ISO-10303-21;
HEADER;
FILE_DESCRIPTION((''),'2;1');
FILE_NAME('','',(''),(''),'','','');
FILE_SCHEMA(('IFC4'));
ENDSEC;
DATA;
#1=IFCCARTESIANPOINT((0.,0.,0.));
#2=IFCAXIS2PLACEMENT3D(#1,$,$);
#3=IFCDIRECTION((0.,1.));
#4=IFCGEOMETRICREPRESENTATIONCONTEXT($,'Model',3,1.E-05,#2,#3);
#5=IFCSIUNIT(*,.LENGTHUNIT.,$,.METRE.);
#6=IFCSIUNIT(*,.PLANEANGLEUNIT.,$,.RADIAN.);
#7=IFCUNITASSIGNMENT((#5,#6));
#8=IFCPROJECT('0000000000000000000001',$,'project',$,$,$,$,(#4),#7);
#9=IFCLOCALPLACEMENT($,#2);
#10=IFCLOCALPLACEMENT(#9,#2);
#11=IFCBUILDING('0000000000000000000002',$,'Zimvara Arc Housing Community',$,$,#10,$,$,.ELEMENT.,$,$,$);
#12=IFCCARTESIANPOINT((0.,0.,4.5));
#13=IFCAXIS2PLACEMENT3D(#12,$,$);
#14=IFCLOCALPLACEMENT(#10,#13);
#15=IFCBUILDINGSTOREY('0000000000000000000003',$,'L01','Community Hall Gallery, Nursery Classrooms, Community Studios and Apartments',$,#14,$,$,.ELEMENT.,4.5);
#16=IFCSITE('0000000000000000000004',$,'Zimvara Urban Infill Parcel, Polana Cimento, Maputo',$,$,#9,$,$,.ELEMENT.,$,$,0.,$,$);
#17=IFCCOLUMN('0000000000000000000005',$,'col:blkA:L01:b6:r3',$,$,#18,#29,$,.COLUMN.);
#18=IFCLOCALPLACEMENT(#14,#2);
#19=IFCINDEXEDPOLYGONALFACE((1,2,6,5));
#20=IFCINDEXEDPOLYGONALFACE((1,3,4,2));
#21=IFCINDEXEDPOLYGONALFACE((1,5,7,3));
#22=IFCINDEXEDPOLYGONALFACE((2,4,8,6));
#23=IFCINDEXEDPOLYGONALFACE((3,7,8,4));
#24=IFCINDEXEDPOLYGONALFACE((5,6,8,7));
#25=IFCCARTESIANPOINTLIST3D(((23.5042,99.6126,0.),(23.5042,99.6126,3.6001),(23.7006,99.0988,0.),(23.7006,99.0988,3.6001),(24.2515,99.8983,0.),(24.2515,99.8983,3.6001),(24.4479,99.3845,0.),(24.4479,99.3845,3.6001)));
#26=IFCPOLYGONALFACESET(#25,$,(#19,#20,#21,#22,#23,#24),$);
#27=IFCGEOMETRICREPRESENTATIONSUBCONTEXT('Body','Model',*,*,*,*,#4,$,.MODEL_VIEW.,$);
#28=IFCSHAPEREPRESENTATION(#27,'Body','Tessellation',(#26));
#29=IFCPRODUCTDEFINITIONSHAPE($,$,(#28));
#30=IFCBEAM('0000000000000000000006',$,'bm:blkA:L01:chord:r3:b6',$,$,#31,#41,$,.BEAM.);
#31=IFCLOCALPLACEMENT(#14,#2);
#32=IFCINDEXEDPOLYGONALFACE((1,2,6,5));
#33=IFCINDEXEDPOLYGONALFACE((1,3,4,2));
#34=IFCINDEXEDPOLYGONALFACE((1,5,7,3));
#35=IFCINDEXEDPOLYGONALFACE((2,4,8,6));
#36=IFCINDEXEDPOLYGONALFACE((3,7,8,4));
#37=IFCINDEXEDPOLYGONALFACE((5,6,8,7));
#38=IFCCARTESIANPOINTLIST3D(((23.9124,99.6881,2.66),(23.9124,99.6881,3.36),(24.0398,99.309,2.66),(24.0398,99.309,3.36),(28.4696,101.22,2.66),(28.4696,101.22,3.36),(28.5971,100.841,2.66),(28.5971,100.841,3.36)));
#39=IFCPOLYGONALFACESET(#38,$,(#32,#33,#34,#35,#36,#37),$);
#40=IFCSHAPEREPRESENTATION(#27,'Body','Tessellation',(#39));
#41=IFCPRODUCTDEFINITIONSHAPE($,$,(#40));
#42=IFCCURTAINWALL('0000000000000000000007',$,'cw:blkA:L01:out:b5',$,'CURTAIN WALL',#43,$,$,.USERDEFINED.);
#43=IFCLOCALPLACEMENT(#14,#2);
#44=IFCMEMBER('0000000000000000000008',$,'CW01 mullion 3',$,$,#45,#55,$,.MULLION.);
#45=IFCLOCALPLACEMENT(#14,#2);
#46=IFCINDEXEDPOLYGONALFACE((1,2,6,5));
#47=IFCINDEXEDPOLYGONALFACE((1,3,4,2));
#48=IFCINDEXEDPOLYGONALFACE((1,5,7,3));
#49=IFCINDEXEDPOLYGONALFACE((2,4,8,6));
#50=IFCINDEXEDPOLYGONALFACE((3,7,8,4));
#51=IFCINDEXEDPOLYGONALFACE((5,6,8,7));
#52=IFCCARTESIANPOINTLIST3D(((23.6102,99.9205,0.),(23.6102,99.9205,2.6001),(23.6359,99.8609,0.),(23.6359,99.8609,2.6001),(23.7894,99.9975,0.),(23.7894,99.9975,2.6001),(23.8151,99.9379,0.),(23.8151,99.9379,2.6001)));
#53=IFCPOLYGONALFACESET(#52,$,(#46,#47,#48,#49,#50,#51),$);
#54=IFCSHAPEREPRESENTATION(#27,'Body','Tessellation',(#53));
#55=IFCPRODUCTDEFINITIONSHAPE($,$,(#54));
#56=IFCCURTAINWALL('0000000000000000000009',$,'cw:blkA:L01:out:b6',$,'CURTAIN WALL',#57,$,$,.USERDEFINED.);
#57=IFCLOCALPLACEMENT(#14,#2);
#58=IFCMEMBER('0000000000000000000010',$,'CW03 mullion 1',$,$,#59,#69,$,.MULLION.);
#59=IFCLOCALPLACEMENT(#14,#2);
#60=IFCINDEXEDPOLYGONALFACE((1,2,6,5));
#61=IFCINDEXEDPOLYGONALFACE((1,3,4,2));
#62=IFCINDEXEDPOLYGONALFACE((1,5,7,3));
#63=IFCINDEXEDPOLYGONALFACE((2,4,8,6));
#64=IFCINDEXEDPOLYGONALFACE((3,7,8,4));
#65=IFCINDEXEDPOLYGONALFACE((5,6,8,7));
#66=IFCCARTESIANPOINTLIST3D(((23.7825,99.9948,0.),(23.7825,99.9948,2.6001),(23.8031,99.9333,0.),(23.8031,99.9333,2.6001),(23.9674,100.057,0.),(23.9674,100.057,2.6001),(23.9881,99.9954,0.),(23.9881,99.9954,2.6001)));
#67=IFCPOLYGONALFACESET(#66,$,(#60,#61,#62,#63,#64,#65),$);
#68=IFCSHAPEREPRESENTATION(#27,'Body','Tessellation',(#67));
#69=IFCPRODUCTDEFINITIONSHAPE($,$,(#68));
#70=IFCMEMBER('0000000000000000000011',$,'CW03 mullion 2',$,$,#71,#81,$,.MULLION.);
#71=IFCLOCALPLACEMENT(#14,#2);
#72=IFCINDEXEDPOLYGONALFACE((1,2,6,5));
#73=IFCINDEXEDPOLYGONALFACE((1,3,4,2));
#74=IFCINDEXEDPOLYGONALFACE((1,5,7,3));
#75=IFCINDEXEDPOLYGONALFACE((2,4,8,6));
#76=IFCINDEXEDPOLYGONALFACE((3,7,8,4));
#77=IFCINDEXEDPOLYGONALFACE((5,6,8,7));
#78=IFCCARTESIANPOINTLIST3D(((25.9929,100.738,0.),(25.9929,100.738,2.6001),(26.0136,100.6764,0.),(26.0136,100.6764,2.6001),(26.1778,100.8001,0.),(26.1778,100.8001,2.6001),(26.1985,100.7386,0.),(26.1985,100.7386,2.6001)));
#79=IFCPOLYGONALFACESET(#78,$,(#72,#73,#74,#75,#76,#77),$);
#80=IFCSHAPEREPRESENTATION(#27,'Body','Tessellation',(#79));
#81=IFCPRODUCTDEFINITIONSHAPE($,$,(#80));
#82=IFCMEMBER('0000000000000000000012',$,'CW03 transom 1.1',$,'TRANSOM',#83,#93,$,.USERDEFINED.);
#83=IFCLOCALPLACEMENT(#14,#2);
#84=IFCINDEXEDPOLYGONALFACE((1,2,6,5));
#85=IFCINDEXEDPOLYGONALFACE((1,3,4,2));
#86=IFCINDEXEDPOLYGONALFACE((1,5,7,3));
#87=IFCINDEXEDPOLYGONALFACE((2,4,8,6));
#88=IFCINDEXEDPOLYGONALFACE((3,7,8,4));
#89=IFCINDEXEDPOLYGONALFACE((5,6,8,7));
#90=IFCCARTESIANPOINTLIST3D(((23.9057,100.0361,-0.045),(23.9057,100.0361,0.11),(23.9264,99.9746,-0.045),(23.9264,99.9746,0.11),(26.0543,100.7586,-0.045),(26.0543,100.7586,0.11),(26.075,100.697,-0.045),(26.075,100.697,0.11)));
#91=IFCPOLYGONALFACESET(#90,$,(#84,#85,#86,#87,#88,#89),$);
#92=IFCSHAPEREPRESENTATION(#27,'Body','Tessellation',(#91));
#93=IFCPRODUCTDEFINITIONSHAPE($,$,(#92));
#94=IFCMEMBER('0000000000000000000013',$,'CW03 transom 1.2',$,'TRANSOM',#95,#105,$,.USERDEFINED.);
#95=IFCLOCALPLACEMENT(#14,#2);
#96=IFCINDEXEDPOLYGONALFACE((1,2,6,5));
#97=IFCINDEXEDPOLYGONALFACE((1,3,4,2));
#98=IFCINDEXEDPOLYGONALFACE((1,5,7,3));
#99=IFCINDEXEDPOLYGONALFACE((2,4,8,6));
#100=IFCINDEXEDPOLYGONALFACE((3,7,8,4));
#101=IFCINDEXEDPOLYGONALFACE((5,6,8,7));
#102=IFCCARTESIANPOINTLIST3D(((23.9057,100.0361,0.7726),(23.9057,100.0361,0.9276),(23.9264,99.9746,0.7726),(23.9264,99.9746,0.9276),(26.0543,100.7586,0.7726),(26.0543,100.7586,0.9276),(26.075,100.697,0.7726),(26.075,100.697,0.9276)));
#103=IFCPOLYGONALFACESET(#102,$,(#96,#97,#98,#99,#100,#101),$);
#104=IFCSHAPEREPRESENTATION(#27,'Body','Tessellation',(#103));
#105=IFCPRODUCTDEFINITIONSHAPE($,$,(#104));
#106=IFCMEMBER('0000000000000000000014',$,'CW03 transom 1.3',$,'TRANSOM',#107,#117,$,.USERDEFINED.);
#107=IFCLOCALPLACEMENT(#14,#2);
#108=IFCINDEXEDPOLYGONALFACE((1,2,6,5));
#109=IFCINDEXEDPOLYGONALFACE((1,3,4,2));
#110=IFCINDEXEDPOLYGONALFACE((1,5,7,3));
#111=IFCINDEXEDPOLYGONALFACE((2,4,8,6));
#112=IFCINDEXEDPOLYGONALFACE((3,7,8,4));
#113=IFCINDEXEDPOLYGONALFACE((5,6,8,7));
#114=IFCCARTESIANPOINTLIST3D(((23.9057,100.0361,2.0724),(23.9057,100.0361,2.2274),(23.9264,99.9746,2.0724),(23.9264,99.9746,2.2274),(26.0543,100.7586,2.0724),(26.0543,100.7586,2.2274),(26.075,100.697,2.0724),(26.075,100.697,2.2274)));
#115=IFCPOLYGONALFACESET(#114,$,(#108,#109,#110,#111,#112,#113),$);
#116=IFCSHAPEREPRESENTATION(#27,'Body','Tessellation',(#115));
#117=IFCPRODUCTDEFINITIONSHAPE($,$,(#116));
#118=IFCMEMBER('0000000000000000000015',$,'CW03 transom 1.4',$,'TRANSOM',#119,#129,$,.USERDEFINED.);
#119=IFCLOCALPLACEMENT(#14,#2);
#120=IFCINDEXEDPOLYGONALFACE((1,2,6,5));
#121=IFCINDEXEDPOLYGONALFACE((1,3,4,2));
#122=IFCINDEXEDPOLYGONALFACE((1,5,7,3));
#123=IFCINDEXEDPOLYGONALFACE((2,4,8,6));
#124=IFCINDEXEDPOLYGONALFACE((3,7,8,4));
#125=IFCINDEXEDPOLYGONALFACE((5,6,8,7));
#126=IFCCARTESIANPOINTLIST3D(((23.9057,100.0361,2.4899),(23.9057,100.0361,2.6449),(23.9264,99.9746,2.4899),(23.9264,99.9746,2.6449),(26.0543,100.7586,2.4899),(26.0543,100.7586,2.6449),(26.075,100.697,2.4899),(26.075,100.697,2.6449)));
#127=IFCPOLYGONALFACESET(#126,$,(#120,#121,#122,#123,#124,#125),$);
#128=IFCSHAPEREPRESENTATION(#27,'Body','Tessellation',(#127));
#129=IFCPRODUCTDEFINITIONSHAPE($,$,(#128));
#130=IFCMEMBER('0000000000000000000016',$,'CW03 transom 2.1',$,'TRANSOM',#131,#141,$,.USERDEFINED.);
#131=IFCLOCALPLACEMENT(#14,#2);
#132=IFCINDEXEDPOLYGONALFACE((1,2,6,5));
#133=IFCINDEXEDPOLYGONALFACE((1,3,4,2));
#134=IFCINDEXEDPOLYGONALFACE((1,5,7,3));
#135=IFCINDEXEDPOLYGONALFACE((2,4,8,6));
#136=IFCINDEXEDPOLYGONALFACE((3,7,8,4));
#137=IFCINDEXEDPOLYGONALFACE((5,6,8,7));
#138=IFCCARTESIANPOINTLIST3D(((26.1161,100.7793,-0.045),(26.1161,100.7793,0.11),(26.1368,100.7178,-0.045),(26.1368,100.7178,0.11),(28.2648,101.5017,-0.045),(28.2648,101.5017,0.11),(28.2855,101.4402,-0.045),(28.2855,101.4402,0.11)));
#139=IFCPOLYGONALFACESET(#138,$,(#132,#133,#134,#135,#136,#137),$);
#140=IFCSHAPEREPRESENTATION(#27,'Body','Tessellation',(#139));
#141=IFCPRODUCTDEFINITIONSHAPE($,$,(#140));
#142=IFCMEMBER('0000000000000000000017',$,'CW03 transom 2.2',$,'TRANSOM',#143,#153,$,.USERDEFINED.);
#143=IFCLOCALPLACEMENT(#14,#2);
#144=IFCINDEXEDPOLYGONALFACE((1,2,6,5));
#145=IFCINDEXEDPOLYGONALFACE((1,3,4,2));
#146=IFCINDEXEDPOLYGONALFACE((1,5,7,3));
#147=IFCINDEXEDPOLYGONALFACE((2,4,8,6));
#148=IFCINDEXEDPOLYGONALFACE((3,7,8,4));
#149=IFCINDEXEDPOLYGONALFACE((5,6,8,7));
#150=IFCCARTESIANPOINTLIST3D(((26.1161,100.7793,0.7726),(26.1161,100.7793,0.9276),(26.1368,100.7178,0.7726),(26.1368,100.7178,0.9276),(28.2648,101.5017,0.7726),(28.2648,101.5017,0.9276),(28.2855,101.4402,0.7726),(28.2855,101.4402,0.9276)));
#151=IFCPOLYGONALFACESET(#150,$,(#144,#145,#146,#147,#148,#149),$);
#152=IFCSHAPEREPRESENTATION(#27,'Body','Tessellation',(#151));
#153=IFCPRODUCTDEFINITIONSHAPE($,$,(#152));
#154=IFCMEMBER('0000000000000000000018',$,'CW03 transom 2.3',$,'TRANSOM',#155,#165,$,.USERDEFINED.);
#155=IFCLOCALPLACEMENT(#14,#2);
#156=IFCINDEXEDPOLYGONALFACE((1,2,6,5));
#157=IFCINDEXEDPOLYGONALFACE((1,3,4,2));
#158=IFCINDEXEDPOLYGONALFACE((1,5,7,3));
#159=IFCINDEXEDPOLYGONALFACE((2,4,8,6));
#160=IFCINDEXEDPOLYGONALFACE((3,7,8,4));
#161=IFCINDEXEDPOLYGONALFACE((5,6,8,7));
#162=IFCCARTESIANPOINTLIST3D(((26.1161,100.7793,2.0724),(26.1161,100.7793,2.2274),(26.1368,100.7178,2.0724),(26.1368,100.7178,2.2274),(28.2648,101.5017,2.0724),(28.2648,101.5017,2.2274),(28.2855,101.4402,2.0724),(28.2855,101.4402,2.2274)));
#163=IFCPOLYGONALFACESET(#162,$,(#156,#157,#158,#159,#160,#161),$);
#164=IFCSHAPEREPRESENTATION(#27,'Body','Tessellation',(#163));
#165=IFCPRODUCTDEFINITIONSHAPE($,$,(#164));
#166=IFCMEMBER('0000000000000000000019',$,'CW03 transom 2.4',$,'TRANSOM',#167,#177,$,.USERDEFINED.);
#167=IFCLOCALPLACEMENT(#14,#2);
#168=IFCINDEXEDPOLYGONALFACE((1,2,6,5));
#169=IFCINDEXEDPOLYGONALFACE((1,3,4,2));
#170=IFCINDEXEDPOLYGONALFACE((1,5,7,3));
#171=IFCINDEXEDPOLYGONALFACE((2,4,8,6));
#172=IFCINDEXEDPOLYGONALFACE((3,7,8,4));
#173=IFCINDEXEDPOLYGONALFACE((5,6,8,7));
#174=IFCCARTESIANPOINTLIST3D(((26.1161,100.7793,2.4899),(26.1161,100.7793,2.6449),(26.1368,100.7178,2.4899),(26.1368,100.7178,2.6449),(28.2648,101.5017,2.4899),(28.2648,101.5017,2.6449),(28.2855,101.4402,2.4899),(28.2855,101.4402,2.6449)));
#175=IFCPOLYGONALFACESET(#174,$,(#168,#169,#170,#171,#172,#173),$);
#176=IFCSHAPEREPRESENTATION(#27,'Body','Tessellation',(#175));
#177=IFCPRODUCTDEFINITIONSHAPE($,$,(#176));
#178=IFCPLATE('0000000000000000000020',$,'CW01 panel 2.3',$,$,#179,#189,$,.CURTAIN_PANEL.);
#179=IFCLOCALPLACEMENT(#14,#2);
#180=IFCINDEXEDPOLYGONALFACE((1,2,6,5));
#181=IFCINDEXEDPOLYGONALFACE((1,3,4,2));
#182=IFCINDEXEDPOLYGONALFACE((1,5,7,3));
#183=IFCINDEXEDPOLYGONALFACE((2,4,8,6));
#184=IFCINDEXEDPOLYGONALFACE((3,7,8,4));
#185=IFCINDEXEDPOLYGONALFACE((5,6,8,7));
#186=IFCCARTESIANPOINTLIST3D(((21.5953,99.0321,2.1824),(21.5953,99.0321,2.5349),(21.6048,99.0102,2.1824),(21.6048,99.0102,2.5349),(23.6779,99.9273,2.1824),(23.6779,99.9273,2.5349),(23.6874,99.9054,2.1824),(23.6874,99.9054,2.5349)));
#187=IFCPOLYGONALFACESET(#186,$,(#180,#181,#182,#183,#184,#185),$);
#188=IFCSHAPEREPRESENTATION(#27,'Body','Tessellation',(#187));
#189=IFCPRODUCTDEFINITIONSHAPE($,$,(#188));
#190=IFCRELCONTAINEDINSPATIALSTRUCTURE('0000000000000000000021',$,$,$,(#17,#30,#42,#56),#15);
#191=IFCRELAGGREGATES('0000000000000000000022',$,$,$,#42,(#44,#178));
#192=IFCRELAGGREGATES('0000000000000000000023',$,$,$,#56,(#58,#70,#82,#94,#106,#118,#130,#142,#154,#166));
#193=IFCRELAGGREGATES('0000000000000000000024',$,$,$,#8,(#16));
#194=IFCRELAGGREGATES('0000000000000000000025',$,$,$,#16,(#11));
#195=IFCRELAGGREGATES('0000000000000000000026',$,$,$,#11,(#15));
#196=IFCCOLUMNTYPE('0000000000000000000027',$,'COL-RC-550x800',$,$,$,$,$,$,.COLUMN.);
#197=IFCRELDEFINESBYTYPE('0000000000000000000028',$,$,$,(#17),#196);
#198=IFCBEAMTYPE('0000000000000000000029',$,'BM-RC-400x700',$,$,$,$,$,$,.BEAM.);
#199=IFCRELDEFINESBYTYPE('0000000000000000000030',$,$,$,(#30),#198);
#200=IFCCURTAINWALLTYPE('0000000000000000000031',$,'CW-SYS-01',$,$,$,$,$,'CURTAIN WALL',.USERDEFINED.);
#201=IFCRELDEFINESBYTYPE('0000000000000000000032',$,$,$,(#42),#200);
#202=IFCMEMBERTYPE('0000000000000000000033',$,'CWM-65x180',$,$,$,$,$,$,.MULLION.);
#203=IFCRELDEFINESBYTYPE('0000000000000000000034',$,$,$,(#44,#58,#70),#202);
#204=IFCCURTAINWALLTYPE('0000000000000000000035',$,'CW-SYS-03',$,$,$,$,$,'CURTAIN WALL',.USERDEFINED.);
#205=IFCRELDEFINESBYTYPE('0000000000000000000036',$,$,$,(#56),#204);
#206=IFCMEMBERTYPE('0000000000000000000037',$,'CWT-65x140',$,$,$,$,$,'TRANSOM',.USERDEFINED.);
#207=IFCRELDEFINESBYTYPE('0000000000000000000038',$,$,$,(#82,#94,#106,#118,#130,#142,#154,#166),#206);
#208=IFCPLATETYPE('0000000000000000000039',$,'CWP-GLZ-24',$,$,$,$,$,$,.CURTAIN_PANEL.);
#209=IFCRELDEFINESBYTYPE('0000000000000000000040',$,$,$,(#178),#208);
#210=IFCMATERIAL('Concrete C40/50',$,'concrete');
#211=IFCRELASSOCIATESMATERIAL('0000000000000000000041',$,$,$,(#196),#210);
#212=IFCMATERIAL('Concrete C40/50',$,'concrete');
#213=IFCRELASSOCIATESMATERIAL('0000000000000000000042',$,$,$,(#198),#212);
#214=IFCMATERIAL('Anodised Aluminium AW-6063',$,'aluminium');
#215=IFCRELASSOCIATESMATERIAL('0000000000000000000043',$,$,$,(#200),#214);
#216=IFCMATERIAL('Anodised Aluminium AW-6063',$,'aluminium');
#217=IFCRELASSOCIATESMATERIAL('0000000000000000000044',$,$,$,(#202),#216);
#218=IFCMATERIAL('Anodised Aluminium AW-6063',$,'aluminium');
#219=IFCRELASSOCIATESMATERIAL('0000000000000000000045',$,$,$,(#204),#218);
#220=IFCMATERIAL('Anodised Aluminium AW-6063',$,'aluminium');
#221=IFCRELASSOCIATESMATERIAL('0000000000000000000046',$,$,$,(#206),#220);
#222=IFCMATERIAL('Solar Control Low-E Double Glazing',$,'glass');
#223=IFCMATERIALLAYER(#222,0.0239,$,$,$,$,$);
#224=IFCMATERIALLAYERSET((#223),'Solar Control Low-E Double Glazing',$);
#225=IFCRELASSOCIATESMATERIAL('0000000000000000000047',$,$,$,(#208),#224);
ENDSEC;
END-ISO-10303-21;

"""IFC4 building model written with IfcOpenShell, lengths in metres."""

from ifc_helpers import new_model, si_unit, direction, frame, origin, origin_2d, place, context, subcontext, project, spatial, rectangle, extrude, material, layer, layer_set, material_profile, profile_set, type_object, element, aggregate, save


model = new_model("IFC4")

# Units and contexts
model_context = context("Model", 3, precision=1e-05, world=origin(), true_north=direction((0.0, 1.0)))
body_context = subcontext(model_context, "Body", "Model", "MODEL_VIEW")
ifc_project = project(units=[si_unit("LENGTHUNIT", "METRE"), si_unit("PLANEANGLEUNIT", "RADIAN")], contexts=[model_context])

# Site, building, storey
site_placement = place(None, origin())
site = spatial("IfcSite", under=ifc_project, at=site_placement, Name="Zimvara Urban Infill Parcel, Polana Cimento, Maputo", CompositionType="ELEMENT", RefElevation=0.0)
building_placement = place(site_placement, origin())
building = spatial("IfcBuilding", under=site, at=building_placement, Name="Zimvara Arc Housing Community", CompositionType="ELEMENT")
storey_placement = place(building_placement, frame((0.0, 0.0, 4.5)))
storey = spatial("IfcBuildingStorey", under=building, at=storey_placement, Name="L01", Description="Community Hall Gallery, Nursery Classrooms, Community Studios and Apartments", CompositionType="ELEMENT", Elevation=4.5)

# Column
ifc_material_1 = material(Name="Concrete C40/50", Category="concrete")
ifc_material_profile_1 = material_profile(ifc_material_1, rectangle(XDim=0.55, YDim=0.8, at=origin_2d()), Name="RC 550x800")
ifc_profile_set_1 = profile_set([ifc_material_profile_1], Name="Concrete C40/50")
column_type = type_object("IfcColumnType", Name="COL-RC-550x800", PredefinedType="COLUMN", material=ifc_profile_set_1)
column_placement = place(storey_placement, frame((23.9761, 99.4985, 0.0), z_axis=(0.0, 0.0, 1.0), x_axis=(-0.357064, 0.93408, 0.0)))
element("IfcColumn", 1, at=column_placement, inside=storey, type_object=column_type, Name="col:blkA:L01:b6:r3", PredefinedType="COLUMN", context=body_context, shape_type="SweptSolid", body=[
    extrude(rectangle(XDim=0.55, YDim=0.8, at=origin_2d()), origin(), (0.0, 0.0, 1.0), 3.6001),
])

# Beam
ifc_material_2 = material(Name="Concrete C40/50", Category="concrete")
ifc_material_profile_2 = material_profile(ifc_material_2, rectangle(XDim=0.3999, YDim=0.7, at=origin_2d()), Name="RC 400x700")
ifc_profile_set_2 = profile_set([ifc_material_profile_2], Name="Concrete C40/50")
beam_type = type_object("IfcBeamType", Name="BM-RC-400x700", PredefinedType="BEAM", material=ifc_profile_set_2)
beam_placement = place(storey_placement, frame((23.9761, 99.4985, 3.01), z_axis=(0.947878, 0.318634, 0.0), x_axis=(-0.318634, 0.947878, 0.0)))
element("IfcBeam", 2, at=beam_placement, inside=storey, type_object=beam_type, Name="bm:blkA:L01:chord:r3:b6", PredefinedType="BEAM", context=body_context, shape_type="SweptSolid", body=[
    extrude(rectangle(XDim=0.3999, YDim=0.7, at=origin_2d()), origin(), (0.0, 0.0, 1.0), 4.8079),
])

# Curtain wall, member
ifc_material_3 = material(Name="Anodised Aluminium AW-6063", Category="aluminium")
curtain_wall_type_1 = type_object("IfcCurtainWallType", Name="CW-SYS-01", ElementType="CURTAIN WALL", PredefinedType="USERDEFINED", material=ifc_material_3)
curtain_wall_1_placement = place(storey_placement, origin())
curtain_wall_1 = element("IfcCurtainWall", 3, at=curtain_wall_1_placement, inside=storey, type_object=curtain_wall_type_1, Name="cw:blkA:L01:out:b5", ObjectType="CURTAIN WALL", PredefinedType="USERDEFINED")
ifc_material_4 = material(Name="Anodised Aluminium AW-6063", Category="aluminium")
ifc_material_profile_3 = material_profile(ifc_material_4, rectangle(XDim=0.0649, YDim=0.1951, at=origin_2d()), Name="ALU 65x195")
ifc_profile_set_3 = profile_set([ifc_material_profile_3], Name="Anodised Aluminium AW-6063")
member_type_1 = type_object("IfcMemberType", Name="CWM-65x180", PredefinedType="MULLION", material=ifc_profile_set_3)
member_1_placement = place(storey_placement, frame((23.7126, 99.9292, 0.0), z_axis=(0.0, 0.0, 1.0), x_axis=(-0.394904, 0.918722, 0.0)))
member_1 = element("IfcMember", 4, at=member_1_placement, type_object=member_type_1, Name="CW01 mullion 3", PredefinedType="MULLION", context=body_context, shape_type="SweptSolid", body=[
    extrude(rectangle(XDim=0.0649, YDim=0.1951, at=origin_2d()), origin(), (0.0, 0.0, 1.0), 2.6001),
])

# Curtain wall, members
ifc_material_5 = material(Name="Anodised Aluminium AW-6063", Category="aluminium")
curtain_wall_type_2 = type_object("IfcCurtainWallType", Name="CW-SYS-03", ElementType="CURTAIN WALL", PredefinedType="USERDEFINED", material=ifc_material_5)
curtain_wall_2_placement = place(storey_placement, origin())
curtain_wall_2 = element("IfcCurtainWall", 5, at=curtain_wall_2_placement, inside=storey, type_object=curtain_wall_type_2, Name="cw:blkA:L01:out:b6", ObjectType="CURTAIN WALL", PredefinedType="USERDEFINED")
member_2_placement = place(storey_placement, frame((23.8853, 99.9951, 0.0), z_axis=(0.0, 0.0, 1.0), x_axis=(-0.318629, 0.94788, 0.0)))
member_2 = element("IfcMember", 6, at=member_2_placement, type_object=member_type_1, Name="CW03 mullion 1", PredefinedType="MULLION", context=body_context, shape_type="SweptSolid", body=[
    extrude(rectangle(XDim=0.0649, YDim=0.1951, at=origin_2d()), origin(), (0.0, 0.0, 1.0), 2.6001),
])
member_3_placement = place(storey_placement, frame((26.0957, 100.7383, 0.0), z_axis=(0.0, 0.0, 1.0), x_axis=(-0.318629, 0.94788, 0.0)))
member_3 = element("IfcMember", 7, at=member_3_placement, type_object=member_type_1, Name="CW03 mullion 2", PredefinedType="MULLION", context=body_context, shape_type="SweptSolid", body=[
    extrude(rectangle(XDim=0.0649, YDim=0.1951, at=origin_2d()), origin(), (0.0, 0.0, 1.0), 2.6001),
])
ifc_material_6 = material(Name="Anodised Aluminium AW-6063", Category="aluminium")
ifc_material_profile_4 = material_profile(ifc_material_6, rectangle(XDim=0.0649, YDim=0.155, at=origin_2d()), Name="ALU 65x155")
ifc_profile_set_4 = profile_set([ifc_material_profile_4], Name="Anodised Aluminium AW-6063")
member_type_2 = type_object("IfcMemberType", Name="CWT-65x140", ElementType="TRANSOM", PredefinedType="USERDEFINED", material=ifc_profile_set_4)
member_4_placement = place(storey_placement, frame((23.916, 100.0054, 0.0325), z_axis=(0.947862, 0.318682, 0.0), x_axis=(-0.318682, 0.947862, 0.0)))
member_4 = element("IfcMember", 8, at=member_4_placement, type_object=member_type_2, Name="CW03 transom 1.1", ObjectType="TRANSOM", PredefinedType="USERDEFINED", context=body_context, shape_type="SweptSolid", body=[
    extrude(rectangle(XDim=0.0649, YDim=0.155, at=origin_2d()), origin(), (0.0, 0.0, 1.0), 2.2668),
])
member_5_placement = place(storey_placement, frame((23.916, 100.0054, 0.8501), z_axis=(0.947862, 0.318682, 0.0), x_axis=(-0.318682, 0.947862, 0.0)))
member_5 = element("IfcMember", 9, at=member_5_placement, type_object=member_type_2, Name="CW03 transom 1.2", ObjectType="TRANSOM", PredefinedType="USERDEFINED", context=body_context, shape_type="SweptSolid", body=[
    extrude(rectangle(XDim=0.0649, YDim=0.155, at=origin_2d()), origin(), (0.0, 0.0, 1.0), 2.2668),
])
member_6_placement = place(storey_placement, frame((23.916, 100.0054, 2.1499), z_axis=(0.947862, 0.318682, 0.0), x_axis=(-0.318682, 0.947862, 0.0)))
member_6 = element("IfcMember", 10, at=member_6_placement, type_object=member_type_2, Name="CW03 transom 1.3", ObjectType="TRANSOM", PredefinedType="USERDEFINED", context=body_context, shape_type="SweptSolid", body=[
    extrude(rectangle(XDim=0.0649, YDim=0.155, at=origin_2d()), origin(), (0.0, 0.0, 1.0), 2.2668),
])
member_7_placement = place(storey_placement, frame((23.916, 100.0054, 2.5674), z_axis=(0.947862, 0.318682, 0.0), x_axis=(-0.318682, 0.947862, 0.0)))
member_7 = element("IfcMember", 11, at=member_7_placement, type_object=member_type_2, Name="CW03 transom 1.4", ObjectType="TRANSOM", PredefinedType="USERDEFINED", context=body_context, shape_type="SweptSolid", body=[
    extrude(rectangle(XDim=0.0649, YDim=0.155, at=origin_2d()), origin(), (0.0, 0.0, 1.0), 2.2668),
])
member_8_placement = place(storey_placement, frame((26.1265, 100.7485, 0.0325), z_axis=(0.947862, 0.318682, 0.0), x_axis=(-0.318682, 0.947862, 0.0)))
member_8 = element("IfcMember", 12, at=member_8_placement, type_object=member_type_2, Name="CW03 transom 2.1", ObjectType="TRANSOM", PredefinedType="USERDEFINED", context=body_context, shape_type="SweptSolid", body=[
    extrude(rectangle(XDim=0.0649, YDim=0.155, at=origin_2d()), origin(), (0.0, 0.0, 1.0), 2.2668),
])
member_9_placement = place(storey_placement, frame((26.1265, 100.7485, 0.8501), z_axis=(0.947862, 0.318682, 0.0), x_axis=(-0.318682, 0.947862, 0.0)))
member_9 = element("IfcMember", 13, at=member_9_placement, type_object=member_type_2, Name="CW03 transom 2.2", ObjectType="TRANSOM", PredefinedType="USERDEFINED", context=body_context, shape_type="SweptSolid", body=[
    extrude(rectangle(XDim=0.0649, YDim=0.155, at=origin_2d()), origin(), (0.0, 0.0, 1.0), 2.2668),
])
member_10_placement = place(storey_placement, frame((26.1265, 100.7485, 2.1499), z_axis=(0.947862, 0.318682, 0.0), x_axis=(-0.318682, 0.947862, 0.0)))
member_10 = element("IfcMember", 14, at=member_10_placement, type_object=member_type_2, Name="CW03 transom 2.3", ObjectType="TRANSOM", PredefinedType="USERDEFINED", context=body_context, shape_type="SweptSolid", body=[
    extrude(rectangle(XDim=0.0649, YDim=0.155, at=origin_2d()), origin(), (0.0, 0.0, 1.0), 2.2668),
])
member_11_placement = place(storey_placement, frame((26.1265, 100.7485, 2.5674), z_axis=(0.947862, 0.318682, 0.0), x_axis=(-0.318682, 0.947862, 0.0)))
member_11 = element("IfcMember", 15, at=member_11_placement, type_object=member_type_2, Name="CW03 transom 2.4", ObjectType="TRANSOM", PredefinedType="USERDEFINED", context=body_context, shape_type="SweptSolid", body=[
    extrude(rectangle(XDim=0.0649, YDim=0.155, at=origin_2d()), origin(), (0.0, 0.0, 1.0), 2.2668),
])

# Plate
ifc_material_7 = material(Name="Solar Control Low-E Double Glazing", Category="glass")
ifc_layer_1 = layer(ifc_material_7, 0.0239)
ifc_layer_set_1 = layer_set([ifc_layer_1], Name="Solar Control Low-E Double Glazing")
plate_type_1 = type_object("IfcPlateType", Name="CWP-GLZ-24", PredefinedType="CURTAIN_PANEL", material=ifc_layer_set_1)
plate_1_placement = place(storey_placement, frame((22.6414, 99.4688, 2.1824), z_axis=(0.0, 0.0, 1.0), x_axis=(0.918722, 0.394904, 0.0)))
plate_1 = element("IfcPlate", 16, at=plate_1_placement, type_object=plate_type_1, Name="CW01 panel 2.3", PredefinedType="CURTAIN_PANEL", context=body_context, shape_type="SweptSolid", body=[
    extrude(rectangle(XDim=2.2668, YDim=0.0239, at=origin_2d()), origin(), (0.0, 0.0, 1.0), 0.3525),
])
aggregate(curtain_wall_1, [member_1, plate_1])
aggregate(curtain_wall_2, [member_2, member_3, member_4, member_5, member_6, member_7, member_8, member_9, member_10, member_11])

save(model, "model.ifc")
